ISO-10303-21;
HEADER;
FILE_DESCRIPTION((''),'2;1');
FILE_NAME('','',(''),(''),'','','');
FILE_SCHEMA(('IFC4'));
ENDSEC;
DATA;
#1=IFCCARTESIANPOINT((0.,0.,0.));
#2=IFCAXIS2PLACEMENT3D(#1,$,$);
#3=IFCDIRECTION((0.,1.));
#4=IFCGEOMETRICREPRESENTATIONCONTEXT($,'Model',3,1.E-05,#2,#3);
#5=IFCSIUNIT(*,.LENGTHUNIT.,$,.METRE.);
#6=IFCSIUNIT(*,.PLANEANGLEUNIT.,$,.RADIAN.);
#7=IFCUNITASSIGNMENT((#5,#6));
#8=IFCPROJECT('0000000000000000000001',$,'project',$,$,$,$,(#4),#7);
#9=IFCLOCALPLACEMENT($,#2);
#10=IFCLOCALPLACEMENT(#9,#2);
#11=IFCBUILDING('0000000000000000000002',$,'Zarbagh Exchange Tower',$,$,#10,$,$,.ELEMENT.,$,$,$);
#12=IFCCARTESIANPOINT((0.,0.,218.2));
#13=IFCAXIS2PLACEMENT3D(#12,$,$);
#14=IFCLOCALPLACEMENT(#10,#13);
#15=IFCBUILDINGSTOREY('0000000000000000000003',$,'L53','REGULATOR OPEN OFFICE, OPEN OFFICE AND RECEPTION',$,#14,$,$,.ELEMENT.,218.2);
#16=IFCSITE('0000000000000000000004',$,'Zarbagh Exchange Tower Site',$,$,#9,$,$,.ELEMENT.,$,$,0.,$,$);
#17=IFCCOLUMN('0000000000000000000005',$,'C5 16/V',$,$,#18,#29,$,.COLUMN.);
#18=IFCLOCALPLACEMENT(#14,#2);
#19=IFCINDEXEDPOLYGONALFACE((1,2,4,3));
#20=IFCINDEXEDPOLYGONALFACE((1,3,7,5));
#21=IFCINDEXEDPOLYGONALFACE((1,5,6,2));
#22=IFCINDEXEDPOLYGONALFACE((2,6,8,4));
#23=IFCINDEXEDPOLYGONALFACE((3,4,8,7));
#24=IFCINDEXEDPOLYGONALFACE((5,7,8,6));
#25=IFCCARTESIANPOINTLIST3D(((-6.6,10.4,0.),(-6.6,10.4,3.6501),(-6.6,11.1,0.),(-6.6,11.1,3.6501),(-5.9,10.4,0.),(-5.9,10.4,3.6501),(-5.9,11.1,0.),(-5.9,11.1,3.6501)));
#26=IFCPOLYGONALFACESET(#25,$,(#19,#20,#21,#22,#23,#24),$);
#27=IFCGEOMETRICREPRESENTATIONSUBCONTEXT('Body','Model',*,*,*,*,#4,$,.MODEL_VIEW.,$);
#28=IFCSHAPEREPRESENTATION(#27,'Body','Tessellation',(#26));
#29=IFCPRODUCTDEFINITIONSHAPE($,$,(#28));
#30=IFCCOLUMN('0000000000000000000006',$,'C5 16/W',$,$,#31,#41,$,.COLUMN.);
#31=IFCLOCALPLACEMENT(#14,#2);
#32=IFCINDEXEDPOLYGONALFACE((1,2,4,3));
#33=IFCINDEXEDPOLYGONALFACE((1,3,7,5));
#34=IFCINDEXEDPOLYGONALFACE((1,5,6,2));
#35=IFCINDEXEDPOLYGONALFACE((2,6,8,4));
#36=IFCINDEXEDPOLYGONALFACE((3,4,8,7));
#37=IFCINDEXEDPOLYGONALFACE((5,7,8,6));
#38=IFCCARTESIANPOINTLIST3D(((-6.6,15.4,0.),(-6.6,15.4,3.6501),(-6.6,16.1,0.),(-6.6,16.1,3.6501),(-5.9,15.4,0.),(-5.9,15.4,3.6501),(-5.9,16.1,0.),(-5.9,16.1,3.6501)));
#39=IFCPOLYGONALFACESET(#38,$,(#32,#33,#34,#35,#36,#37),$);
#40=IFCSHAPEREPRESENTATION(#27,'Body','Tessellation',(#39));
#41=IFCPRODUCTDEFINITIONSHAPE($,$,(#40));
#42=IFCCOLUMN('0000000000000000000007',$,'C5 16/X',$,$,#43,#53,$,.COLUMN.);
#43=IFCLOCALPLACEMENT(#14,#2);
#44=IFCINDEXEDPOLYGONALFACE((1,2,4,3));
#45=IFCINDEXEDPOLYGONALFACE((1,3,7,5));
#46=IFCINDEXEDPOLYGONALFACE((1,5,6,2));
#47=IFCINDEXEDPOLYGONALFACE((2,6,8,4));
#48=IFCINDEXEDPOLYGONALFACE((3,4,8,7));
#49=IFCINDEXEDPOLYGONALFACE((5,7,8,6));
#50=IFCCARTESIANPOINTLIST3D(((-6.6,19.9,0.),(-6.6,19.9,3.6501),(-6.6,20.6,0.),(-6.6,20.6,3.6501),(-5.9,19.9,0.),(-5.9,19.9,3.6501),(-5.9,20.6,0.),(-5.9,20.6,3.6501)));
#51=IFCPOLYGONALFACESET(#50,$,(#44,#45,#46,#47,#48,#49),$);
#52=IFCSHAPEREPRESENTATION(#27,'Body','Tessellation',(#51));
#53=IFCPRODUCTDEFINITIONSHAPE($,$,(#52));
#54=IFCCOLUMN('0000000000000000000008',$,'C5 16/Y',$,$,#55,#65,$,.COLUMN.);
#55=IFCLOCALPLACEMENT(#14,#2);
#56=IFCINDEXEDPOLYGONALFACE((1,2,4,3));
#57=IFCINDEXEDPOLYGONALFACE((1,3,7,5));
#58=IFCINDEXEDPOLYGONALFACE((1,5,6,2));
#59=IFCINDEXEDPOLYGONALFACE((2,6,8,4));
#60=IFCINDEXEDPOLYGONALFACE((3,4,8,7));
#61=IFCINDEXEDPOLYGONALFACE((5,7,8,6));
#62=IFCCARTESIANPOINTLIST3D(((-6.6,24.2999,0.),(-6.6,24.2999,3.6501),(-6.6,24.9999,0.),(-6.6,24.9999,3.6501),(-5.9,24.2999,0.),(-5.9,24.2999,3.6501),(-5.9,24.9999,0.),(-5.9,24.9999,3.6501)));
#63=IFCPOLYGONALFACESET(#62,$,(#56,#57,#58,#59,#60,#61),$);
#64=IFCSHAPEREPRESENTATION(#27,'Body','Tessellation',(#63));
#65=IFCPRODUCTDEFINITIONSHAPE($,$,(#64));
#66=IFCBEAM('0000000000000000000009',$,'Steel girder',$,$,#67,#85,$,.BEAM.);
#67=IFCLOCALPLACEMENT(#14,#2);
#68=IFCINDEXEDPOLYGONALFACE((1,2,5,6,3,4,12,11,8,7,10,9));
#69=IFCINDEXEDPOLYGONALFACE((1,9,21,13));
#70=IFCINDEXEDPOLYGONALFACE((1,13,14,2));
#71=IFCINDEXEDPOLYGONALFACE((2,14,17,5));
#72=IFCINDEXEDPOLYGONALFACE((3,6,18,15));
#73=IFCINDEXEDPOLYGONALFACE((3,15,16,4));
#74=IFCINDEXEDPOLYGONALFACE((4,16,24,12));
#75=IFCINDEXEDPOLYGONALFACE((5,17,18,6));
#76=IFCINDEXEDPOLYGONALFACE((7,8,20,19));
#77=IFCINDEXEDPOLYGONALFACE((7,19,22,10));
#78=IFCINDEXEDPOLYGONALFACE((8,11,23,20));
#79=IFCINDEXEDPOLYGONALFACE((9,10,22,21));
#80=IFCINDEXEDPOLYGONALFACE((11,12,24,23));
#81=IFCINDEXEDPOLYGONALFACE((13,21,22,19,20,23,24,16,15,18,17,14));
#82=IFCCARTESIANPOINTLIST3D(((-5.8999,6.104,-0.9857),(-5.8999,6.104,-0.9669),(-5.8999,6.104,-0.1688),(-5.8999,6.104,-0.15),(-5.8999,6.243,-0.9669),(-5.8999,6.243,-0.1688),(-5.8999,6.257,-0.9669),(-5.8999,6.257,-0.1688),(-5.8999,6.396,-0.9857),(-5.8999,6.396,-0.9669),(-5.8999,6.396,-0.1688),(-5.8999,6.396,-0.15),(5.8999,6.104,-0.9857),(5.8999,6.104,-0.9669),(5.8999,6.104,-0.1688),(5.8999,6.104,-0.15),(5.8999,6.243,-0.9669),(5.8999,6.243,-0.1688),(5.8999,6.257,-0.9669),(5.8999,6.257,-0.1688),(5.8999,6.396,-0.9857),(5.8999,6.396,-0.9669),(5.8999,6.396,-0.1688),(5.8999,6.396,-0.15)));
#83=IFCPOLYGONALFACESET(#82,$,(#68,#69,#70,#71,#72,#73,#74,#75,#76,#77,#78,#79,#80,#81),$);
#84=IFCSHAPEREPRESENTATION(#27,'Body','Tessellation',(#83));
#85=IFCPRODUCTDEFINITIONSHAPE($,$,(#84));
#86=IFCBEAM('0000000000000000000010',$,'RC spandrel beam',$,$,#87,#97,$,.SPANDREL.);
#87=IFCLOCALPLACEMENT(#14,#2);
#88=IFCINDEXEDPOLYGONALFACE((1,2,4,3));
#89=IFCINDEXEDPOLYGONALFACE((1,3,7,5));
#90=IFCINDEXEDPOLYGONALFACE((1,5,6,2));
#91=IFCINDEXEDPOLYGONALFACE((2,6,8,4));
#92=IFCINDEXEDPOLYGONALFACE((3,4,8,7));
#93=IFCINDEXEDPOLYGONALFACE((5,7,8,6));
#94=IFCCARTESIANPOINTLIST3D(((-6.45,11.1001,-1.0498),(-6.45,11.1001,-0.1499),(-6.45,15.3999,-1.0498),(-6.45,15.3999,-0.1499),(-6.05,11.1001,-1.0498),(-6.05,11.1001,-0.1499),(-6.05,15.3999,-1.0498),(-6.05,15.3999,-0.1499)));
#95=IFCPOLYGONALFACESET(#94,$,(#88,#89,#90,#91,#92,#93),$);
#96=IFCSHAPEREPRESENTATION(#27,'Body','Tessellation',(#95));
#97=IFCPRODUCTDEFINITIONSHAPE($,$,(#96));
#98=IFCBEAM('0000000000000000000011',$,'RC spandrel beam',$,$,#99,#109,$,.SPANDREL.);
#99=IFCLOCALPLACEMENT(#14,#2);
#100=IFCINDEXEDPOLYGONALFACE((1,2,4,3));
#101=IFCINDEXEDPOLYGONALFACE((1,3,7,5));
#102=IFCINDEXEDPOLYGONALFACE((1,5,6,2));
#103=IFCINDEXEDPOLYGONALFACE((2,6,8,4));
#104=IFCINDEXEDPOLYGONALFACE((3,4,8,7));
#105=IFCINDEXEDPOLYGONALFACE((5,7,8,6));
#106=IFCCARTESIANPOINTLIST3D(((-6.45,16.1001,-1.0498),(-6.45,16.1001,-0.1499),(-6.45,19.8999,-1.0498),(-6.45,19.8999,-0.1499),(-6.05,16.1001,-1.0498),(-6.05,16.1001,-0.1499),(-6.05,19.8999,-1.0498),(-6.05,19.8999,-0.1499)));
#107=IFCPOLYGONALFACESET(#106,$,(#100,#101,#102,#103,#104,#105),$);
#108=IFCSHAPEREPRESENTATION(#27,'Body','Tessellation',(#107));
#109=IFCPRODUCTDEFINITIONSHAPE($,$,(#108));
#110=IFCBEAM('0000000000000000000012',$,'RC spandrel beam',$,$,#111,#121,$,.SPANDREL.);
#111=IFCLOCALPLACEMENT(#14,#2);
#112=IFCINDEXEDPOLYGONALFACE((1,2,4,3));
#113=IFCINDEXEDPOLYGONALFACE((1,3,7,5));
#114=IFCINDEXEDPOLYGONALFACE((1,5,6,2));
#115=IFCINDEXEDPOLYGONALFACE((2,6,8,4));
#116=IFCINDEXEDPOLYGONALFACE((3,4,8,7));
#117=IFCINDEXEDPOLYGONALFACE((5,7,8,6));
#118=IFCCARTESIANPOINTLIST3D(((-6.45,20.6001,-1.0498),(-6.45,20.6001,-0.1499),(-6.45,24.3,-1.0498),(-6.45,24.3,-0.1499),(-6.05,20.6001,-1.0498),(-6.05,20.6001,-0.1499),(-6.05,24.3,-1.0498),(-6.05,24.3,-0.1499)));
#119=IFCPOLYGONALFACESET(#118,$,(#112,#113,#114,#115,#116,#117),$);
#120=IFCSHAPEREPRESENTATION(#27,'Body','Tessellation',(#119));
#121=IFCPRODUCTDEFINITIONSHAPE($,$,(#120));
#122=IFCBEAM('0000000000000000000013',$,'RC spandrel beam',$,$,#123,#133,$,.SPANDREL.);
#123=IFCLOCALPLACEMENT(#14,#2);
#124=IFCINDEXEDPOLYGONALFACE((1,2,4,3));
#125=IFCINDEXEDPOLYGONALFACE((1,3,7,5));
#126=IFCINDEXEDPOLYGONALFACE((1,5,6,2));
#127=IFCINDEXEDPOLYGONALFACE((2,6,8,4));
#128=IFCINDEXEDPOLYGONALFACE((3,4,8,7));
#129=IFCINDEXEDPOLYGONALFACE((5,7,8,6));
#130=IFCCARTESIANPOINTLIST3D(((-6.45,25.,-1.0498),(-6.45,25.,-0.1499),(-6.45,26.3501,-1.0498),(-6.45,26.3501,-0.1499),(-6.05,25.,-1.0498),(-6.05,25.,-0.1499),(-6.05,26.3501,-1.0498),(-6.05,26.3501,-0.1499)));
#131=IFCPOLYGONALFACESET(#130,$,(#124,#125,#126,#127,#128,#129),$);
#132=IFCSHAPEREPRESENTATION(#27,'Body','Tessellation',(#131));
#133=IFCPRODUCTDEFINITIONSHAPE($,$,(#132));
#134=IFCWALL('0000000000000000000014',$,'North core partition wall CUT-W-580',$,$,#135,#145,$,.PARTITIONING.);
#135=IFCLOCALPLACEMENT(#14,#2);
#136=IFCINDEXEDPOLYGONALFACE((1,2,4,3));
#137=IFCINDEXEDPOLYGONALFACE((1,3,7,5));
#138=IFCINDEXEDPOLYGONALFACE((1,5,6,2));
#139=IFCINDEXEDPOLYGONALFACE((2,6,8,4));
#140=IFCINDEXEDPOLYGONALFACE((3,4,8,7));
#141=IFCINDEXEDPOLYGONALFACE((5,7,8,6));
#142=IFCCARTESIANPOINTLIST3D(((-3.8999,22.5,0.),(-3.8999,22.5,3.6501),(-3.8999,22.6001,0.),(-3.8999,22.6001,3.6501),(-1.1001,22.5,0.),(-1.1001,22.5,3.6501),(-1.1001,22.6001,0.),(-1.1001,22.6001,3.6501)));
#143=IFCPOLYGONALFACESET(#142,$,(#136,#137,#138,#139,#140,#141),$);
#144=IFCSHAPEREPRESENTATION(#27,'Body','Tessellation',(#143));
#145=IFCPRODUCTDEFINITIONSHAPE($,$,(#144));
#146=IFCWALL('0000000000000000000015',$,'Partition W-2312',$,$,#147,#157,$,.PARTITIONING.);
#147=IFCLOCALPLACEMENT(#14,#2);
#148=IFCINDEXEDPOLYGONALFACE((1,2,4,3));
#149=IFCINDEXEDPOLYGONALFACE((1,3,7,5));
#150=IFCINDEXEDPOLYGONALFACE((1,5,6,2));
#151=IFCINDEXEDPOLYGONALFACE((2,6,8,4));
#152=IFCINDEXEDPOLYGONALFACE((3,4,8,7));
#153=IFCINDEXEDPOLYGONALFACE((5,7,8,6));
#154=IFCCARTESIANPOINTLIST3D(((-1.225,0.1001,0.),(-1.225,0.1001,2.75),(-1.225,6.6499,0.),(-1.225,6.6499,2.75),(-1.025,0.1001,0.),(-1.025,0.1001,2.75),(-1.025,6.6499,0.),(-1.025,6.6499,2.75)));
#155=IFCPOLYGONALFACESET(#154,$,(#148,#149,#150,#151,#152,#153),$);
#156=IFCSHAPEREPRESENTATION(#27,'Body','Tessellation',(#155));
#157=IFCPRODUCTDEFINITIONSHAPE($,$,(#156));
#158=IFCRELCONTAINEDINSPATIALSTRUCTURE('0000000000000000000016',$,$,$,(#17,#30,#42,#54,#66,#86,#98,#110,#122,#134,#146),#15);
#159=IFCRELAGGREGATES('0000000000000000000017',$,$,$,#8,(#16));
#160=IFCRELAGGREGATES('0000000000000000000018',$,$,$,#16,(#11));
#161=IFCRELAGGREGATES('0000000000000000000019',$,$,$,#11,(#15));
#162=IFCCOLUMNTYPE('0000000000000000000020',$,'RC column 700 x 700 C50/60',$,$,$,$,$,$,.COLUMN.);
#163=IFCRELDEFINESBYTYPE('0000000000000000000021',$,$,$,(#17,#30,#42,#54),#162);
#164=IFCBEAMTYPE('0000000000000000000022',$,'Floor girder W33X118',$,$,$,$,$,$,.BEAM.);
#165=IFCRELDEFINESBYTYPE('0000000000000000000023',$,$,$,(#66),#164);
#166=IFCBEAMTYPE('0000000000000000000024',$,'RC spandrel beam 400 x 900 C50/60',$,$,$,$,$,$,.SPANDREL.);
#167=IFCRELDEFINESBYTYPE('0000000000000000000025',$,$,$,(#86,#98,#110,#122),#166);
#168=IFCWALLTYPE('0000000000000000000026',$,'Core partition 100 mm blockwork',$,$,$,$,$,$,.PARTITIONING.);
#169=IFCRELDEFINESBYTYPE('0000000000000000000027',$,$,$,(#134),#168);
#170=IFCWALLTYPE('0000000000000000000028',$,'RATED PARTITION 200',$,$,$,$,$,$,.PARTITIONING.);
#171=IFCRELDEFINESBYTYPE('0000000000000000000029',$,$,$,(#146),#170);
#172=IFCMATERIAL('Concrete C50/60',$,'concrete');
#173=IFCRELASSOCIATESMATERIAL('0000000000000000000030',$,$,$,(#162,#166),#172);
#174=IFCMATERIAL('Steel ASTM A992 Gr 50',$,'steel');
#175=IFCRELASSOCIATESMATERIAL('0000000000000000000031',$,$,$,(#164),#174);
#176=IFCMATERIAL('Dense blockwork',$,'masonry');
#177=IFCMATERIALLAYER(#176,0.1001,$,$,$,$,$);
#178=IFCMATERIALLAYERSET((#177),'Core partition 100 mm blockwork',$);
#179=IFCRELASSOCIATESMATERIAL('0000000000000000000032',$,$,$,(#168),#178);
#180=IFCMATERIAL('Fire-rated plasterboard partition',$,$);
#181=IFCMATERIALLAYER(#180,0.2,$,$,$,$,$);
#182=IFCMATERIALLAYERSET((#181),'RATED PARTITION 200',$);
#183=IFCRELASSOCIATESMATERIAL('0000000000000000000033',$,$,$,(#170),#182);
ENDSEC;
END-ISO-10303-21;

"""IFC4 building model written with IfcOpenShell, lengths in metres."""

from ifc_helpers import new_model, si_unit, direction, frame, frame_2d, origin, origin_2d, place, context, subcontext, project, spatial, rectangle, i_section, extrude, material, layer, layer_set, material_profile, profile_set, type_object, element, save


model = new_model("IFC4")

# Units and contexts
model_context = context("Model", 3, precision=1e-05, world=origin(), true_north=direction((0.0, 1.0)))
body_context = subcontext(model_context, "Body", "Model", "MODEL_VIEW")
ifc_project = project(units=[si_unit("LENGTHUNIT", "METRE"), si_unit("PLANEANGLEUNIT", "RADIAN")], contexts=[model_context])

# Site, building, storey
site_placement = place(None, origin())
site = spatial("IfcSite", under=ifc_project, at=site_placement, Name="Zarbagh Exchange Tower Site", CompositionType="ELEMENT", RefElevation=0.0)
building_placement = place(site_placement, origin())
building = spatial("IfcBuilding", under=site, at=building_placement, Name="Zarbagh Exchange Tower", CompositionType="ELEMENT")
storey_placement = place(building_placement, frame((0.0, 0.0, 218.2)))
storey = spatial("IfcBuildingStorey", under=building, at=storey_placement, Name="L53", Description="REGULATOR OPEN OFFICE, OPEN OFFICE AND RECEPTION", CompositionType="ELEMENT", Elevation=218.2)

# Columns
ifc_material_1 = material(Name="Concrete C50/60", Category="concrete")
ifc_material_profile_1 = material_profile(ifc_material_1, rectangle(XDim=0.7, YDim=0.7, at=origin_2d()), Name="RC column 700 x 700 C50/60")
ifc_profile_set_1 = profile_set([ifc_material_profile_1], Name="Concrete C50/60")
column_type = type_object("IfcColumnType", Name="RC column 700 x 700 C50/60", PredefinedType="COLUMN", material=ifc_profile_set_1)
for number, where, z_axis, x_axis, name in (
    (1, (-6.25, 10.75, 0.0), (0.0, 0.0, 1.0), (1.0, 0.0, 0.0), "C5 16/V"),
    (2, (-6.25, 15.75, 0.0), (0.0, 0.0, 1.0), (1.0, 0.0, 0.0), "C5 16/W"),
    (3, (-6.25, 20.25, 0.0), (0.0, 0.0, 1.0), (1.0, 0.0, 0.0), "C5 16/X"),
    (4, (-6.25, 24.6499, 0.0), (0.0, 0.0, 1.0), (1.0, 0.0, 0.0), "C5 16/Y"),
):
    element("IfcColumn", number, at=place(storey_placement, frame(where, z_axis=z_axis, x_axis=x_axis)), inside=storey, type_object=column_type, Name=name, PredefinedType="COLUMN", context=body_context, shape_type="SweptSolid", body=[
        extrude(rectangle(XDim=0.7, YDim=0.7, at=origin_2d()), origin(), (0.0, 0.0, 1.0), 3.6501),
    ])

# Beams
ifc_material_2 = material(Name="Steel ASTM A992 Gr 50", Category="steel")
ifc_material_profile_2 = material_profile(ifc_material_2, i_section(OverallWidth=0.292, OverallDepth=0.8357, WebThickness=0.0139, FlangeThickness=0.0188, at=origin_2d()), Name="W33X118")
ifc_profile_set_2 = profile_set([ifc_material_profile_2], Name="Steel ASTM A992 Gr 50")
beam_type_1 = type_object("IfcBeamType", Name="Floor girder W33X118", PredefinedType="BEAM", material=ifc_profile_set_2)
beam_1_placement = place(storey_placement, frame((-5.8999, 6.25, -0.5679), z_axis=(1.0, 0.0, 0.0), x_axis=(0.0, 1.0, 0.0)))
element("IfcBeam", 5, at=beam_1_placement, inside=storey, type_object=beam_type_1, Name="Steel girder", PredefinedType="BEAM", context=body_context, shape_type="SweptSolid", body=[
    extrude(i_section(OverallWidth=0.292, OverallDepth=0.8357, WebThickness=0.0139, FlangeThickness=0.0188, at=origin_2d()), origin(), (0.0, 0.0, 1.0), 11.7998),
])
ifc_material_profile_3 = material_profile(ifc_material_1, rectangle(XDim=0.3999, YDim=0.8999, at=origin_2d()), Name="RC spandrel beam 400 x 900 C50/60")
ifc_profile_set_3 = profile_set([ifc_material_profile_3], Name="Concrete C50/60")
beam_type_2 = type_object("IfcBeamType", Name="RC spandrel beam 400 x 900 C50/60", PredefinedType="SPANDREL", material=ifc_profile_set_3)
beam_2_placement = place(storey_placement, frame((-6.25, 11.1001, -0.5999), z_axis=(0.0, 1.0, 0.0), x_axis=(-1.0, 0.0, 0.0)))
element("IfcBeam", 6, at=beam_2_placement, inside=storey, type_object=beam_type_2, Name="RC spandrel beam", PredefinedType="SPANDREL", context=body_context, shape_type="SweptSolid", body=[
    extrude(rectangle(XDim=0.3999, YDim=0.8999, at=origin_2d()), origin(), (0.0, 0.0, 1.0), 4.2998),
])
beam_3_placement = place(storey_placement, frame((-6.25, 16.1001, -0.5999), z_axis=(0.0, 1.0, 0.0), x_axis=(-1.0, 0.0, 0.0)))
element("IfcBeam", 7, at=beam_3_placement, inside=storey, type_object=beam_type_2, Name="RC spandrel beam", PredefinedType="SPANDREL", context=body_context, shape_type="SweptSolid", body=[
    extrude(rectangle(XDim=0.3999, YDim=0.8999, at=origin_2d()), origin(), (0.0, 0.0, 1.0), 3.7998),
])
beam_4_placement = place(storey_placement, frame((-6.25, 20.6001, -0.5999), z_axis=(0.0, 1.0, 0.0), x_axis=(-1.0, 0.0, 0.0)))
element("IfcBeam", 8, at=beam_4_placement, inside=storey, type_object=beam_type_2, Name="RC spandrel beam", PredefinedType="SPANDREL", context=body_context, shape_type="SweptSolid", body=[
    extrude(rectangle(XDim=0.3999, YDim=0.8999, at=origin_2d()), origin(), (0.0, 0.0, 1.0), 3.7),
])
beam_5_placement = place(storey_placement, frame((-6.25, 25.0, -0.5999), z_axis=(0.0, 1.0, 0.0), x_axis=(-1.0, 0.0, 0.0)))
element("IfcBeam", 9, at=beam_5_placement, inside=storey, type_object=beam_type_2, Name="RC spandrel beam", PredefinedType="SPANDREL", context=body_context, shape_type="SweptSolid", body=[
    extrude(rectangle(XDim=0.3999, YDim=0.8999, at=origin_2d()), origin(), (0.0, 0.0, 1.0), 1.3501),
])

# Walls
ifc_material_3 = material(Name="Dense blockwork", Category="masonry")
ifc_layer_1 = layer(ifc_material_3, 0.1001)
ifc_layer_set_1 = layer_set([ifc_layer_1], Name="Core partition 100 mm blockwork")
wall_type_1 = type_object("IfcWallType", Name="Core partition 100 mm blockwork", PredefinedType="PARTITIONING", material=ifc_layer_set_1)
wall_1_placement = place(storey_placement, frame((-3.8999, 22.55, 0.0), z_axis=(0.0, 0.0, 1.0), x_axis=(1.0, 0.0, 0.0)))
element("IfcWall", 10, at=wall_1_placement, inside=storey, type_object=wall_type_1, Name="North core partition wall CUT-W-580", PredefinedType="PARTITIONING", context=body_context, shape_type="SweptSolid", body=[
    extrude(rectangle(XDim=2.7998, YDim=0.1001, at=frame_2d((1.3999, 0.0))), origin(), (0.0, 0.0, 1.0), 3.6501),
])
ifc_material_4 = material(Name="Fire-rated plasterboard partition")
ifc_layer_2 = layer(ifc_material_4, 0.2)
ifc_layer_set_2 = layer_set([ifc_layer_2], Name="RATED PARTITION 200")
wall_type_2 = type_object("IfcWallType", Name="RATED PARTITION 200", PredefinedType="PARTITIONING", material=ifc_layer_set_2)
wall_2_placement = place(storey_placement, frame((-1.125, 0.1001, 0.0), z_axis=(0.0, 0.0, 1.0), x_axis=(0.0, 1.0, 0.0)))
element("IfcWall", 11, at=wall_2_placement, inside=storey, type_object=wall_type_2, Name="Partition W-2312", PredefinedType="PARTITIONING", context=body_context, shape_type="SweptSolid", body=[
    extrude(rectangle(XDim=6.5498, YDim=0.2, at=frame_2d((3.2749, 0.0))), origin(), (0.0, 0.0, 1.0), 2.75),
])

save(model, "model.ifc")
